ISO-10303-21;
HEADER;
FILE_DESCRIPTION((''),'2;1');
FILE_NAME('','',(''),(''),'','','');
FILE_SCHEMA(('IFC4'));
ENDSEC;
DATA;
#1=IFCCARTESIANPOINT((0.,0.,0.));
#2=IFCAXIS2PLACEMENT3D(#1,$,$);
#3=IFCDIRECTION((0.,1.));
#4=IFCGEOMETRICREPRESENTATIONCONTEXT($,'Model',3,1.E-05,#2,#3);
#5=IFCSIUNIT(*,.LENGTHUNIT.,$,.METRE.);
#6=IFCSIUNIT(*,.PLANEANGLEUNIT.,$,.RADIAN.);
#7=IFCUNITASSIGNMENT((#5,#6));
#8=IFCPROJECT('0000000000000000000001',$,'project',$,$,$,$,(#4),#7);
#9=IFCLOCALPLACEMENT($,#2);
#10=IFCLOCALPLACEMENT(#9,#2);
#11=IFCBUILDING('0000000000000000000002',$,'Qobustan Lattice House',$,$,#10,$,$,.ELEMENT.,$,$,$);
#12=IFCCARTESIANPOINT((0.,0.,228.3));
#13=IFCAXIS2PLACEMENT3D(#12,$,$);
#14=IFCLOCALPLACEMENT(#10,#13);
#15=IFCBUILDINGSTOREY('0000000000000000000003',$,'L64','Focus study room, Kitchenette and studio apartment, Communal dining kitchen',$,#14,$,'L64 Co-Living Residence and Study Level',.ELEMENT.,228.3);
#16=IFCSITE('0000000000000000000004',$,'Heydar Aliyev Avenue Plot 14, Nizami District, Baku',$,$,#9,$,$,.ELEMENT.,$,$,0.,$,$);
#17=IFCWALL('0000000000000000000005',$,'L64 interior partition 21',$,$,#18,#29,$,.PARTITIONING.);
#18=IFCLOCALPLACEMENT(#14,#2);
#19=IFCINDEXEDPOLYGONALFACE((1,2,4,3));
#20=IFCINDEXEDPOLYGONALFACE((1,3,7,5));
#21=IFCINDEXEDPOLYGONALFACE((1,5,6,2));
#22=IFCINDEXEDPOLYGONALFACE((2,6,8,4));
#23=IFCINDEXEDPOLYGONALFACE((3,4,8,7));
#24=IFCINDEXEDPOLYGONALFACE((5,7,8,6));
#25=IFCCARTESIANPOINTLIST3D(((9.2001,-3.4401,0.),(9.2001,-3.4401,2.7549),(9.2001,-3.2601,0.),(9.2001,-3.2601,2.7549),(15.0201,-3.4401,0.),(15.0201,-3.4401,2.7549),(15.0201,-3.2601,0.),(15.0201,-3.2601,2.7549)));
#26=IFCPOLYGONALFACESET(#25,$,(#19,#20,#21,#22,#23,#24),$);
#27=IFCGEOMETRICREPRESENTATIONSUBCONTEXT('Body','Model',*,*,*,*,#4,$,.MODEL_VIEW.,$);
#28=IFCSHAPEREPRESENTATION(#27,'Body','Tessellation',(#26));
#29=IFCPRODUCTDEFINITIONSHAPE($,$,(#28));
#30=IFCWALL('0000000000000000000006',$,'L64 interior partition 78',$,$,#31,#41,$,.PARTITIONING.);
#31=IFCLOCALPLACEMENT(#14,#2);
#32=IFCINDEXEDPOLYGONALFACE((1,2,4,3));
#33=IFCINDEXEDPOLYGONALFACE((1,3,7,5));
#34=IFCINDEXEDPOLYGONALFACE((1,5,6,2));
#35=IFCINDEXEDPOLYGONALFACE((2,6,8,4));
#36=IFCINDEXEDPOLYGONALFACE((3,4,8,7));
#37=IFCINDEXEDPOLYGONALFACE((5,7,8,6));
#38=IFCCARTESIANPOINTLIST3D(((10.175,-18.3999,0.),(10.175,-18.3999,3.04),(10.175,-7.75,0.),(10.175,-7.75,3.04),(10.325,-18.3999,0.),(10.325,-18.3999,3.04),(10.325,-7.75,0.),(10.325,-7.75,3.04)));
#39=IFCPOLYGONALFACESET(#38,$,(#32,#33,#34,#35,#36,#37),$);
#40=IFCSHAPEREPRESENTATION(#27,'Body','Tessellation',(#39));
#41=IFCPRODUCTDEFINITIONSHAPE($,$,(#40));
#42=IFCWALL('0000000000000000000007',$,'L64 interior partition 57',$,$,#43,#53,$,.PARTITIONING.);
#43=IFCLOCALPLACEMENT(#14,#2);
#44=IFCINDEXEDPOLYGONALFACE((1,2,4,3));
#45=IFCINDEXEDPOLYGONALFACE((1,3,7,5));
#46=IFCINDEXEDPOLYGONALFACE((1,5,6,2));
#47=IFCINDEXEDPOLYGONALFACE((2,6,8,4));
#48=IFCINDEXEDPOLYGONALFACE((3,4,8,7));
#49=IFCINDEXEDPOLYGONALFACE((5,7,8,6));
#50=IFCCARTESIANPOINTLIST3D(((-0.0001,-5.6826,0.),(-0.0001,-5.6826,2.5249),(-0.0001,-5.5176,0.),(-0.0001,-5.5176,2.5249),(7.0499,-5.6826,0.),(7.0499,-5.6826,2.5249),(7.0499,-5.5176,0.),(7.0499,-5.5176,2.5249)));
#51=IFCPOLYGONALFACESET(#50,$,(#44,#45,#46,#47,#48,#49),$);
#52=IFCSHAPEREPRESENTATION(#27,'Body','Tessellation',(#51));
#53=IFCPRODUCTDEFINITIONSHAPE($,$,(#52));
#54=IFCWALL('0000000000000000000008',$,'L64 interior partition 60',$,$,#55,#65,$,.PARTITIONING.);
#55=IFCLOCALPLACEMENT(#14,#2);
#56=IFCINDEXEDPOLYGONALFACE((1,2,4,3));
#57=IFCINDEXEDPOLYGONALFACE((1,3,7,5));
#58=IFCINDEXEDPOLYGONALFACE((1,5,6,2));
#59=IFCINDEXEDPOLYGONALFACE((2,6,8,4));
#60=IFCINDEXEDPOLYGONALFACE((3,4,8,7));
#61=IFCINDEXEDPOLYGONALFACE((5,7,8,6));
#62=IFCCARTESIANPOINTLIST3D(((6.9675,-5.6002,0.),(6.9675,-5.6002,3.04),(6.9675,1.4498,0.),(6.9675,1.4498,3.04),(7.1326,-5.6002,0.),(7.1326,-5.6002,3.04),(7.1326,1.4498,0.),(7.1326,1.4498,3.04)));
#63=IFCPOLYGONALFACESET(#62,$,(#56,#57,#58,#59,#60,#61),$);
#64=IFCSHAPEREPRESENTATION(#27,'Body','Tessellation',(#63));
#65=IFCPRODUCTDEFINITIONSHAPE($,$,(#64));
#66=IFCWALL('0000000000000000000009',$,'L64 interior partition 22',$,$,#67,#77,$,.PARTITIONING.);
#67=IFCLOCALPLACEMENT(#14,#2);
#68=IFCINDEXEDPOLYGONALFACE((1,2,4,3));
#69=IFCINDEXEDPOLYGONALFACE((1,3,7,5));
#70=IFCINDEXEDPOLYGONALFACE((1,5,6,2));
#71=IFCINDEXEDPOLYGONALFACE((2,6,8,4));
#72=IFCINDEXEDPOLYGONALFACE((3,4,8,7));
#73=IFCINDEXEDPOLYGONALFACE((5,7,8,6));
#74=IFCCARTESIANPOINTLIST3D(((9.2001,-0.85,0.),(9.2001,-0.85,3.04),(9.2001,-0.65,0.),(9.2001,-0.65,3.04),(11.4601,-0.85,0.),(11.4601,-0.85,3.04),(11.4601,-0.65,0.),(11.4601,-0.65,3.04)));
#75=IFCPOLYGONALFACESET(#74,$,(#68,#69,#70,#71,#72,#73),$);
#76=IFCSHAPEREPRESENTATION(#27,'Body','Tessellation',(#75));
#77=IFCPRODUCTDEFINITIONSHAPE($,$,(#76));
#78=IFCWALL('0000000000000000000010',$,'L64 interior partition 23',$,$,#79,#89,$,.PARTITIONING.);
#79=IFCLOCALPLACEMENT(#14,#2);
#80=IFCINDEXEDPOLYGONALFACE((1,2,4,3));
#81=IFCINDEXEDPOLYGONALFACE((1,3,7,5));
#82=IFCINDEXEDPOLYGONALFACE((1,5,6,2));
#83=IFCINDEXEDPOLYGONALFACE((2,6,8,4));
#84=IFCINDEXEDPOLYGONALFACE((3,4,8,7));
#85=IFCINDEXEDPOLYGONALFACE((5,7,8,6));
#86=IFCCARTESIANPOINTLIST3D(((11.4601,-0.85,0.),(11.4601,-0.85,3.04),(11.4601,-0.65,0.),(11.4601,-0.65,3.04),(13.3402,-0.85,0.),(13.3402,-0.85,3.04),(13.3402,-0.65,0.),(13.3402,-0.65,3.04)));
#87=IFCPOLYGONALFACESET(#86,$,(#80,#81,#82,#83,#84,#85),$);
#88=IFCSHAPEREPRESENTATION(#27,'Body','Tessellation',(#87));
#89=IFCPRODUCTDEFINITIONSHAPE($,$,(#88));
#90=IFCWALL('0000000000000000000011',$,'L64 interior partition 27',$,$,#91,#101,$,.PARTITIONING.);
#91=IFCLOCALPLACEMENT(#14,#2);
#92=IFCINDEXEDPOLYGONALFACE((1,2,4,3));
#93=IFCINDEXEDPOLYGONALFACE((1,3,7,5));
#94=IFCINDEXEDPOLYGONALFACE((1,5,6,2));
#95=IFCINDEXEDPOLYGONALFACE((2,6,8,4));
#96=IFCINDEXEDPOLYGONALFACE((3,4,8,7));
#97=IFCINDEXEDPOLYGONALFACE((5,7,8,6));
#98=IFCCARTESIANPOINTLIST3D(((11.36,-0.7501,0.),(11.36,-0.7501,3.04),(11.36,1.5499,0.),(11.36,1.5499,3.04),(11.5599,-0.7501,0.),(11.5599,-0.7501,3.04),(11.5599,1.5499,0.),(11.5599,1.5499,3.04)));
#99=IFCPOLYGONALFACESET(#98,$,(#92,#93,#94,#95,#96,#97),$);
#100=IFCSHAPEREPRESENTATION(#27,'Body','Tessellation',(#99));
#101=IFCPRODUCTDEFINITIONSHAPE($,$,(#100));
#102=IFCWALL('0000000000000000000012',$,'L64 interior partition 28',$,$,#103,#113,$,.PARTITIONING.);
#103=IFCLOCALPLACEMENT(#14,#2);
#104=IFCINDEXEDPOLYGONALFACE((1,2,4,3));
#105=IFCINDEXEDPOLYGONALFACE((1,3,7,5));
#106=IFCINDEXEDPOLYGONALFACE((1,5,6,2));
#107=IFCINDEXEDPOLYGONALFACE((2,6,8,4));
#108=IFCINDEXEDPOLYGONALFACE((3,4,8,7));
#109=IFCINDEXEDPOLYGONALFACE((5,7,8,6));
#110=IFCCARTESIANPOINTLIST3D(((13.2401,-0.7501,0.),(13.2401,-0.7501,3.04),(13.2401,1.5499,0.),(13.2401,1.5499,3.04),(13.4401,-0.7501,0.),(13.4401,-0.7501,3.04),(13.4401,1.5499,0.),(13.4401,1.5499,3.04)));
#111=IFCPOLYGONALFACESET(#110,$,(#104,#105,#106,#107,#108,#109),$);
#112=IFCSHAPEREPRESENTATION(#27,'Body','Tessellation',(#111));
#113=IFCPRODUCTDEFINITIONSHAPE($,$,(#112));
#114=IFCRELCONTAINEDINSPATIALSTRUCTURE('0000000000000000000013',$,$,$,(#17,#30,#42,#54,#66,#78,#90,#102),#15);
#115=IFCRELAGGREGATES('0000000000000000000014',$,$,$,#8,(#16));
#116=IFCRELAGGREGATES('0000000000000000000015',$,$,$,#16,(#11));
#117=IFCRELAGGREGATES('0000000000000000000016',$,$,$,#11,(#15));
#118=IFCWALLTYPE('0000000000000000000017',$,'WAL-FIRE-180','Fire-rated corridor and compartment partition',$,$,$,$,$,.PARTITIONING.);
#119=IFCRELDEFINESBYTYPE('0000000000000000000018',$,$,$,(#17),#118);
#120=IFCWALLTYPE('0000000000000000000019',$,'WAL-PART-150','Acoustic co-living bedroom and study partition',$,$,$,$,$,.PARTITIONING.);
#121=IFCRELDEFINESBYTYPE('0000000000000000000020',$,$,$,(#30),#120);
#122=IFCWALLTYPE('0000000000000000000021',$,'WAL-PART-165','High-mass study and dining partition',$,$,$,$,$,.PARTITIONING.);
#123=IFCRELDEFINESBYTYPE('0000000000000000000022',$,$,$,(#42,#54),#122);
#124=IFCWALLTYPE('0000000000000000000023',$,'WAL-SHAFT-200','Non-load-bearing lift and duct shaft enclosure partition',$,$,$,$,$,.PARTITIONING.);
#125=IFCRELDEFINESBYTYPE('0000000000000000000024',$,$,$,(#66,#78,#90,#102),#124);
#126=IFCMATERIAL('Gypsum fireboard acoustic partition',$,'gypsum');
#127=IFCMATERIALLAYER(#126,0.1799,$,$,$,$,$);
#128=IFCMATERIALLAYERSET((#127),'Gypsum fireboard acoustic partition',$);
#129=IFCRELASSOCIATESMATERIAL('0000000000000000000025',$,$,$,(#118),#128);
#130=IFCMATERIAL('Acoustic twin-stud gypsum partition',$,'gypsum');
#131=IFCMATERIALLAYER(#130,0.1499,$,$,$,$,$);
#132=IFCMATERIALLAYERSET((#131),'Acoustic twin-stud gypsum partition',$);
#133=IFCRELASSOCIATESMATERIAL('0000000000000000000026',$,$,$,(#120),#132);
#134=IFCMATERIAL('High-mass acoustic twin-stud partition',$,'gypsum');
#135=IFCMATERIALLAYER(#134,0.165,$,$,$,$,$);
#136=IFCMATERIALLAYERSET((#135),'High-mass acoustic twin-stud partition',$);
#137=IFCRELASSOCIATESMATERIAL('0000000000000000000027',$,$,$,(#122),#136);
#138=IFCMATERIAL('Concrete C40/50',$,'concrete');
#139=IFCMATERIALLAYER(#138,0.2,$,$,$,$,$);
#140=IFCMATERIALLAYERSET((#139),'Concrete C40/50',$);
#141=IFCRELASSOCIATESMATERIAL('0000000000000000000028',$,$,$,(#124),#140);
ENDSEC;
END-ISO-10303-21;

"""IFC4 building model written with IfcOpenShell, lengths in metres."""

from ifc_helpers import new_model, si_unit, direction, frame, frame_2d, origin, place, context, subcontext, project, spatial, rectangle, extrude, material, layer, layer_set, type_object, element, save


model = new_model("IFC4")

# Units and contexts
model_context = context("Model", 3, precision=1e-05, world=origin(), true_north=direction((0.0, 1.0)))
body_context = subcontext(model_context, "Body", "Model", "MODEL_VIEW")
ifc_project = project(units=[si_unit("LENGTHUNIT", "METRE"), si_unit("PLANEANGLEUNIT", "RADIAN")], contexts=[model_context])

# Site, building, storey
site_placement = place(None, origin())
site = spatial("IfcSite", under=ifc_project, at=site_placement, Name="Heydar Aliyev Avenue Plot 14, Nizami District, Baku", CompositionType="ELEMENT", RefElevation=0.0)
building_placement = place(site_placement, origin())
building = spatial("IfcBuilding", under=site, at=building_placement, Name="Qobustan Lattice House", CompositionType="ELEMENT")
storey_placement = place(building_placement, frame((0.0, 0.0, 228.3)))
storey = spatial("IfcBuildingStorey", under=building, at=storey_placement, Name="L64", Description="Focus study room, Kitchenette and studio apartment, Communal dining kitchen", LongName="L64 Co-Living Residence and Study Level", CompositionType="ELEMENT", Elevation=228.3)

# Walls
ifc_material_1 = material(Name="Gypsum fireboard acoustic partition", Category="gypsum")
ifc_layer_1 = layer(ifc_material_1, 0.1799)
ifc_layer_set_1 = layer_set([ifc_layer_1], Name="Gypsum fireboard acoustic partition")
wall_type_1 = type_object("IfcWallType", Name="WAL-FIRE-180", Description="Fire-rated corridor and compartment partition", PredefinedType="PARTITIONING", material=ifc_layer_set_1)
wall_1_placement = place(storey_placement, frame((9.2, -3.3501, 0.0), z_axis=(0.0, 0.0, 1.0), x_axis=(1.0, 0.0, 0.0)))
element("IfcWall", 1, at=wall_1_placement, inside=storey, type_object=wall_type_1, Name="L64 interior partition 21", PredefinedType="PARTITIONING", context=body_context, shape_type="SweptSolid", body=[
    extrude(rectangle(XDim=5.8201, YDim=0.1799, at=frame_2d((2.9102, 0.0))), origin(), (0.0, 0.0, 1.0), 2.7549),
])
ifc_material_2 = material(Name="Acoustic twin-stud gypsum partition", Category="gypsum")
ifc_layer_2 = layer(ifc_material_2, 0.1499)
ifc_layer_set_2 = layer_set([ifc_layer_2], Name="Acoustic twin-stud gypsum partition")
wall_type_2 = type_object("IfcWallType", Name="WAL-PART-150", Description="Acoustic co-living bedroom and study partition", PredefinedType="PARTITIONING", material=ifc_layer_set_2)
wall_2_placement = place(storey_placement, frame((10.25, -7.75, 0.0), z_axis=(0.0, 0.0, 1.0), x_axis=(0.0, -1.0, 0.0)))
element("IfcWall", 2, at=wall_2_placement, inside=storey, type_object=wall_type_2, Name="L64 interior partition 78", PredefinedType="PARTITIONING", context=body_context, shape_type="SweptSolid", body=[
    extrude(rectangle(XDim=10.6499, YDim=0.1499, at=frame_2d((5.325, 0.0))), origin(), (0.0, 0.0, 1.0), 3.04),
])
ifc_material_3 = material(Name="High-mass acoustic twin-stud partition", Category="gypsum")
ifc_layer_3 = layer(ifc_material_3, 0.165)
ifc_layer_set_3 = layer_set([ifc_layer_3], Name="High-mass acoustic twin-stud partition")
wall_type_3 = type_object("IfcWallType", Name="WAL-PART-165", Description="High-mass study and dining partition", PredefinedType="PARTITIONING", material=ifc_layer_set_3)
wall_3_placement = place(storey_placement, frame((0.0, -5.6001, 0.0), z_axis=(0.0, 0.0, 1.0), x_axis=(1.0, 0.0, 0.0)))
element("IfcWall", 3, at=wall_3_placement, inside=storey, type_object=wall_type_3, Name="L64 interior partition 57", PredefinedType="PARTITIONING", context=body_context, shape_type="SweptSolid", body=[
    extrude(rectangle(XDim=7.05, YDim=0.165, at=frame_2d((3.5249, 0.0))), origin(), (0.0, 0.0, 1.0), 2.5249),
])
wall_4_placement = place(storey_placement, frame((7.05, -5.6001, 0.0), z_axis=(0.0, 0.0, 1.0), x_axis=(0.0, 1.0, 0.0)))
element("IfcWall", 4, at=wall_4_placement, inside=storey, type_object=wall_type_3, Name="L64 interior partition 60", PredefinedType="PARTITIONING", context=body_context, shape_type="SweptSolid", body=[
    extrude(rectangle(XDim=7.05, YDim=0.165, at=frame_2d((3.5249, 0.0))), origin(), (0.0, 0.0, 1.0), 3.04),
])
ifc_material_4 = material(Name="Concrete C40/50", Category="concrete")
ifc_layer_4 = layer(ifc_material_4, 0.2)
ifc_layer_set_4 = layer_set([ifc_layer_4], Name="Concrete C40/50")
wall_type_4 = type_object("IfcWallType", Name="WAL-SHAFT-200", Description="Non-load-bearing lift and duct shaft enclosure partition", PredefinedType="PARTITIONING", material=ifc_layer_set_4)
wall_5_placement = place(storey_placement, frame((11.46, -0.75, 0.0), z_axis=(0.0, 0.0, 1.0), x_axis=(-1.0, 0.0, 0.0)))
element("IfcWall", 5, at=wall_5_placement, inside=storey, type_object=wall_type_4, Name="L64 interior partition 22", PredefinedType="PARTITIONING", context=body_context, shape_type="SweptSolid", body=[
    extrude(rectangle(XDim=2.26, YDim=0.2, at=frame_2d((1.1299, 0.0))), origin(), (0.0, 0.0, 1.0), 3.04),
])
wall_6_placement = place(storey_placement, frame((13.3401, -0.75, 0.0), z_axis=(0.0, 0.0, 1.0), x_axis=(-1.0, 0.0, 0.0)))
element("IfcWall", 6, at=wall_6_placement, inside=storey, type_object=wall_type_4, Name="L64 interior partition 23", PredefinedType="PARTITIONING", context=body_context, shape_type="SweptSolid", body=[
    extrude(rectangle(XDim=1.8801, YDim=0.2, at=frame_2d((0.9399, 0.0))), origin(), (0.0, 0.0, 1.0), 3.04),
])
for number, where, z_axis, x_axis, name in (
    (7, (11.46, -0.75, 0.0), (0.0, 0.0, 1.0), (0.0, 1.0, 0.0), "L64 interior partition 27"),
    (8, (13.3401, -0.75, 0.0), (0.0, 0.0, 1.0), (0.0, 1.0, 0.0), "L64 interior partition 28"),
):
    element("IfcWall", number, at=place(storey_placement, frame(where, z_axis=z_axis, x_axis=x_axis)), inside=storey, type_object=wall_type_4, Name=name, PredefinedType="PARTITIONING", context=body_context, shape_type="SweptSolid", body=[
        extrude(rectangle(XDim=2.3, YDim=0.2, at=frame_2d((1.1499, 0.0))), origin(), (0.0, 0.0, 1.0), 3.04),
    ])

save(model, "model.ifc")
